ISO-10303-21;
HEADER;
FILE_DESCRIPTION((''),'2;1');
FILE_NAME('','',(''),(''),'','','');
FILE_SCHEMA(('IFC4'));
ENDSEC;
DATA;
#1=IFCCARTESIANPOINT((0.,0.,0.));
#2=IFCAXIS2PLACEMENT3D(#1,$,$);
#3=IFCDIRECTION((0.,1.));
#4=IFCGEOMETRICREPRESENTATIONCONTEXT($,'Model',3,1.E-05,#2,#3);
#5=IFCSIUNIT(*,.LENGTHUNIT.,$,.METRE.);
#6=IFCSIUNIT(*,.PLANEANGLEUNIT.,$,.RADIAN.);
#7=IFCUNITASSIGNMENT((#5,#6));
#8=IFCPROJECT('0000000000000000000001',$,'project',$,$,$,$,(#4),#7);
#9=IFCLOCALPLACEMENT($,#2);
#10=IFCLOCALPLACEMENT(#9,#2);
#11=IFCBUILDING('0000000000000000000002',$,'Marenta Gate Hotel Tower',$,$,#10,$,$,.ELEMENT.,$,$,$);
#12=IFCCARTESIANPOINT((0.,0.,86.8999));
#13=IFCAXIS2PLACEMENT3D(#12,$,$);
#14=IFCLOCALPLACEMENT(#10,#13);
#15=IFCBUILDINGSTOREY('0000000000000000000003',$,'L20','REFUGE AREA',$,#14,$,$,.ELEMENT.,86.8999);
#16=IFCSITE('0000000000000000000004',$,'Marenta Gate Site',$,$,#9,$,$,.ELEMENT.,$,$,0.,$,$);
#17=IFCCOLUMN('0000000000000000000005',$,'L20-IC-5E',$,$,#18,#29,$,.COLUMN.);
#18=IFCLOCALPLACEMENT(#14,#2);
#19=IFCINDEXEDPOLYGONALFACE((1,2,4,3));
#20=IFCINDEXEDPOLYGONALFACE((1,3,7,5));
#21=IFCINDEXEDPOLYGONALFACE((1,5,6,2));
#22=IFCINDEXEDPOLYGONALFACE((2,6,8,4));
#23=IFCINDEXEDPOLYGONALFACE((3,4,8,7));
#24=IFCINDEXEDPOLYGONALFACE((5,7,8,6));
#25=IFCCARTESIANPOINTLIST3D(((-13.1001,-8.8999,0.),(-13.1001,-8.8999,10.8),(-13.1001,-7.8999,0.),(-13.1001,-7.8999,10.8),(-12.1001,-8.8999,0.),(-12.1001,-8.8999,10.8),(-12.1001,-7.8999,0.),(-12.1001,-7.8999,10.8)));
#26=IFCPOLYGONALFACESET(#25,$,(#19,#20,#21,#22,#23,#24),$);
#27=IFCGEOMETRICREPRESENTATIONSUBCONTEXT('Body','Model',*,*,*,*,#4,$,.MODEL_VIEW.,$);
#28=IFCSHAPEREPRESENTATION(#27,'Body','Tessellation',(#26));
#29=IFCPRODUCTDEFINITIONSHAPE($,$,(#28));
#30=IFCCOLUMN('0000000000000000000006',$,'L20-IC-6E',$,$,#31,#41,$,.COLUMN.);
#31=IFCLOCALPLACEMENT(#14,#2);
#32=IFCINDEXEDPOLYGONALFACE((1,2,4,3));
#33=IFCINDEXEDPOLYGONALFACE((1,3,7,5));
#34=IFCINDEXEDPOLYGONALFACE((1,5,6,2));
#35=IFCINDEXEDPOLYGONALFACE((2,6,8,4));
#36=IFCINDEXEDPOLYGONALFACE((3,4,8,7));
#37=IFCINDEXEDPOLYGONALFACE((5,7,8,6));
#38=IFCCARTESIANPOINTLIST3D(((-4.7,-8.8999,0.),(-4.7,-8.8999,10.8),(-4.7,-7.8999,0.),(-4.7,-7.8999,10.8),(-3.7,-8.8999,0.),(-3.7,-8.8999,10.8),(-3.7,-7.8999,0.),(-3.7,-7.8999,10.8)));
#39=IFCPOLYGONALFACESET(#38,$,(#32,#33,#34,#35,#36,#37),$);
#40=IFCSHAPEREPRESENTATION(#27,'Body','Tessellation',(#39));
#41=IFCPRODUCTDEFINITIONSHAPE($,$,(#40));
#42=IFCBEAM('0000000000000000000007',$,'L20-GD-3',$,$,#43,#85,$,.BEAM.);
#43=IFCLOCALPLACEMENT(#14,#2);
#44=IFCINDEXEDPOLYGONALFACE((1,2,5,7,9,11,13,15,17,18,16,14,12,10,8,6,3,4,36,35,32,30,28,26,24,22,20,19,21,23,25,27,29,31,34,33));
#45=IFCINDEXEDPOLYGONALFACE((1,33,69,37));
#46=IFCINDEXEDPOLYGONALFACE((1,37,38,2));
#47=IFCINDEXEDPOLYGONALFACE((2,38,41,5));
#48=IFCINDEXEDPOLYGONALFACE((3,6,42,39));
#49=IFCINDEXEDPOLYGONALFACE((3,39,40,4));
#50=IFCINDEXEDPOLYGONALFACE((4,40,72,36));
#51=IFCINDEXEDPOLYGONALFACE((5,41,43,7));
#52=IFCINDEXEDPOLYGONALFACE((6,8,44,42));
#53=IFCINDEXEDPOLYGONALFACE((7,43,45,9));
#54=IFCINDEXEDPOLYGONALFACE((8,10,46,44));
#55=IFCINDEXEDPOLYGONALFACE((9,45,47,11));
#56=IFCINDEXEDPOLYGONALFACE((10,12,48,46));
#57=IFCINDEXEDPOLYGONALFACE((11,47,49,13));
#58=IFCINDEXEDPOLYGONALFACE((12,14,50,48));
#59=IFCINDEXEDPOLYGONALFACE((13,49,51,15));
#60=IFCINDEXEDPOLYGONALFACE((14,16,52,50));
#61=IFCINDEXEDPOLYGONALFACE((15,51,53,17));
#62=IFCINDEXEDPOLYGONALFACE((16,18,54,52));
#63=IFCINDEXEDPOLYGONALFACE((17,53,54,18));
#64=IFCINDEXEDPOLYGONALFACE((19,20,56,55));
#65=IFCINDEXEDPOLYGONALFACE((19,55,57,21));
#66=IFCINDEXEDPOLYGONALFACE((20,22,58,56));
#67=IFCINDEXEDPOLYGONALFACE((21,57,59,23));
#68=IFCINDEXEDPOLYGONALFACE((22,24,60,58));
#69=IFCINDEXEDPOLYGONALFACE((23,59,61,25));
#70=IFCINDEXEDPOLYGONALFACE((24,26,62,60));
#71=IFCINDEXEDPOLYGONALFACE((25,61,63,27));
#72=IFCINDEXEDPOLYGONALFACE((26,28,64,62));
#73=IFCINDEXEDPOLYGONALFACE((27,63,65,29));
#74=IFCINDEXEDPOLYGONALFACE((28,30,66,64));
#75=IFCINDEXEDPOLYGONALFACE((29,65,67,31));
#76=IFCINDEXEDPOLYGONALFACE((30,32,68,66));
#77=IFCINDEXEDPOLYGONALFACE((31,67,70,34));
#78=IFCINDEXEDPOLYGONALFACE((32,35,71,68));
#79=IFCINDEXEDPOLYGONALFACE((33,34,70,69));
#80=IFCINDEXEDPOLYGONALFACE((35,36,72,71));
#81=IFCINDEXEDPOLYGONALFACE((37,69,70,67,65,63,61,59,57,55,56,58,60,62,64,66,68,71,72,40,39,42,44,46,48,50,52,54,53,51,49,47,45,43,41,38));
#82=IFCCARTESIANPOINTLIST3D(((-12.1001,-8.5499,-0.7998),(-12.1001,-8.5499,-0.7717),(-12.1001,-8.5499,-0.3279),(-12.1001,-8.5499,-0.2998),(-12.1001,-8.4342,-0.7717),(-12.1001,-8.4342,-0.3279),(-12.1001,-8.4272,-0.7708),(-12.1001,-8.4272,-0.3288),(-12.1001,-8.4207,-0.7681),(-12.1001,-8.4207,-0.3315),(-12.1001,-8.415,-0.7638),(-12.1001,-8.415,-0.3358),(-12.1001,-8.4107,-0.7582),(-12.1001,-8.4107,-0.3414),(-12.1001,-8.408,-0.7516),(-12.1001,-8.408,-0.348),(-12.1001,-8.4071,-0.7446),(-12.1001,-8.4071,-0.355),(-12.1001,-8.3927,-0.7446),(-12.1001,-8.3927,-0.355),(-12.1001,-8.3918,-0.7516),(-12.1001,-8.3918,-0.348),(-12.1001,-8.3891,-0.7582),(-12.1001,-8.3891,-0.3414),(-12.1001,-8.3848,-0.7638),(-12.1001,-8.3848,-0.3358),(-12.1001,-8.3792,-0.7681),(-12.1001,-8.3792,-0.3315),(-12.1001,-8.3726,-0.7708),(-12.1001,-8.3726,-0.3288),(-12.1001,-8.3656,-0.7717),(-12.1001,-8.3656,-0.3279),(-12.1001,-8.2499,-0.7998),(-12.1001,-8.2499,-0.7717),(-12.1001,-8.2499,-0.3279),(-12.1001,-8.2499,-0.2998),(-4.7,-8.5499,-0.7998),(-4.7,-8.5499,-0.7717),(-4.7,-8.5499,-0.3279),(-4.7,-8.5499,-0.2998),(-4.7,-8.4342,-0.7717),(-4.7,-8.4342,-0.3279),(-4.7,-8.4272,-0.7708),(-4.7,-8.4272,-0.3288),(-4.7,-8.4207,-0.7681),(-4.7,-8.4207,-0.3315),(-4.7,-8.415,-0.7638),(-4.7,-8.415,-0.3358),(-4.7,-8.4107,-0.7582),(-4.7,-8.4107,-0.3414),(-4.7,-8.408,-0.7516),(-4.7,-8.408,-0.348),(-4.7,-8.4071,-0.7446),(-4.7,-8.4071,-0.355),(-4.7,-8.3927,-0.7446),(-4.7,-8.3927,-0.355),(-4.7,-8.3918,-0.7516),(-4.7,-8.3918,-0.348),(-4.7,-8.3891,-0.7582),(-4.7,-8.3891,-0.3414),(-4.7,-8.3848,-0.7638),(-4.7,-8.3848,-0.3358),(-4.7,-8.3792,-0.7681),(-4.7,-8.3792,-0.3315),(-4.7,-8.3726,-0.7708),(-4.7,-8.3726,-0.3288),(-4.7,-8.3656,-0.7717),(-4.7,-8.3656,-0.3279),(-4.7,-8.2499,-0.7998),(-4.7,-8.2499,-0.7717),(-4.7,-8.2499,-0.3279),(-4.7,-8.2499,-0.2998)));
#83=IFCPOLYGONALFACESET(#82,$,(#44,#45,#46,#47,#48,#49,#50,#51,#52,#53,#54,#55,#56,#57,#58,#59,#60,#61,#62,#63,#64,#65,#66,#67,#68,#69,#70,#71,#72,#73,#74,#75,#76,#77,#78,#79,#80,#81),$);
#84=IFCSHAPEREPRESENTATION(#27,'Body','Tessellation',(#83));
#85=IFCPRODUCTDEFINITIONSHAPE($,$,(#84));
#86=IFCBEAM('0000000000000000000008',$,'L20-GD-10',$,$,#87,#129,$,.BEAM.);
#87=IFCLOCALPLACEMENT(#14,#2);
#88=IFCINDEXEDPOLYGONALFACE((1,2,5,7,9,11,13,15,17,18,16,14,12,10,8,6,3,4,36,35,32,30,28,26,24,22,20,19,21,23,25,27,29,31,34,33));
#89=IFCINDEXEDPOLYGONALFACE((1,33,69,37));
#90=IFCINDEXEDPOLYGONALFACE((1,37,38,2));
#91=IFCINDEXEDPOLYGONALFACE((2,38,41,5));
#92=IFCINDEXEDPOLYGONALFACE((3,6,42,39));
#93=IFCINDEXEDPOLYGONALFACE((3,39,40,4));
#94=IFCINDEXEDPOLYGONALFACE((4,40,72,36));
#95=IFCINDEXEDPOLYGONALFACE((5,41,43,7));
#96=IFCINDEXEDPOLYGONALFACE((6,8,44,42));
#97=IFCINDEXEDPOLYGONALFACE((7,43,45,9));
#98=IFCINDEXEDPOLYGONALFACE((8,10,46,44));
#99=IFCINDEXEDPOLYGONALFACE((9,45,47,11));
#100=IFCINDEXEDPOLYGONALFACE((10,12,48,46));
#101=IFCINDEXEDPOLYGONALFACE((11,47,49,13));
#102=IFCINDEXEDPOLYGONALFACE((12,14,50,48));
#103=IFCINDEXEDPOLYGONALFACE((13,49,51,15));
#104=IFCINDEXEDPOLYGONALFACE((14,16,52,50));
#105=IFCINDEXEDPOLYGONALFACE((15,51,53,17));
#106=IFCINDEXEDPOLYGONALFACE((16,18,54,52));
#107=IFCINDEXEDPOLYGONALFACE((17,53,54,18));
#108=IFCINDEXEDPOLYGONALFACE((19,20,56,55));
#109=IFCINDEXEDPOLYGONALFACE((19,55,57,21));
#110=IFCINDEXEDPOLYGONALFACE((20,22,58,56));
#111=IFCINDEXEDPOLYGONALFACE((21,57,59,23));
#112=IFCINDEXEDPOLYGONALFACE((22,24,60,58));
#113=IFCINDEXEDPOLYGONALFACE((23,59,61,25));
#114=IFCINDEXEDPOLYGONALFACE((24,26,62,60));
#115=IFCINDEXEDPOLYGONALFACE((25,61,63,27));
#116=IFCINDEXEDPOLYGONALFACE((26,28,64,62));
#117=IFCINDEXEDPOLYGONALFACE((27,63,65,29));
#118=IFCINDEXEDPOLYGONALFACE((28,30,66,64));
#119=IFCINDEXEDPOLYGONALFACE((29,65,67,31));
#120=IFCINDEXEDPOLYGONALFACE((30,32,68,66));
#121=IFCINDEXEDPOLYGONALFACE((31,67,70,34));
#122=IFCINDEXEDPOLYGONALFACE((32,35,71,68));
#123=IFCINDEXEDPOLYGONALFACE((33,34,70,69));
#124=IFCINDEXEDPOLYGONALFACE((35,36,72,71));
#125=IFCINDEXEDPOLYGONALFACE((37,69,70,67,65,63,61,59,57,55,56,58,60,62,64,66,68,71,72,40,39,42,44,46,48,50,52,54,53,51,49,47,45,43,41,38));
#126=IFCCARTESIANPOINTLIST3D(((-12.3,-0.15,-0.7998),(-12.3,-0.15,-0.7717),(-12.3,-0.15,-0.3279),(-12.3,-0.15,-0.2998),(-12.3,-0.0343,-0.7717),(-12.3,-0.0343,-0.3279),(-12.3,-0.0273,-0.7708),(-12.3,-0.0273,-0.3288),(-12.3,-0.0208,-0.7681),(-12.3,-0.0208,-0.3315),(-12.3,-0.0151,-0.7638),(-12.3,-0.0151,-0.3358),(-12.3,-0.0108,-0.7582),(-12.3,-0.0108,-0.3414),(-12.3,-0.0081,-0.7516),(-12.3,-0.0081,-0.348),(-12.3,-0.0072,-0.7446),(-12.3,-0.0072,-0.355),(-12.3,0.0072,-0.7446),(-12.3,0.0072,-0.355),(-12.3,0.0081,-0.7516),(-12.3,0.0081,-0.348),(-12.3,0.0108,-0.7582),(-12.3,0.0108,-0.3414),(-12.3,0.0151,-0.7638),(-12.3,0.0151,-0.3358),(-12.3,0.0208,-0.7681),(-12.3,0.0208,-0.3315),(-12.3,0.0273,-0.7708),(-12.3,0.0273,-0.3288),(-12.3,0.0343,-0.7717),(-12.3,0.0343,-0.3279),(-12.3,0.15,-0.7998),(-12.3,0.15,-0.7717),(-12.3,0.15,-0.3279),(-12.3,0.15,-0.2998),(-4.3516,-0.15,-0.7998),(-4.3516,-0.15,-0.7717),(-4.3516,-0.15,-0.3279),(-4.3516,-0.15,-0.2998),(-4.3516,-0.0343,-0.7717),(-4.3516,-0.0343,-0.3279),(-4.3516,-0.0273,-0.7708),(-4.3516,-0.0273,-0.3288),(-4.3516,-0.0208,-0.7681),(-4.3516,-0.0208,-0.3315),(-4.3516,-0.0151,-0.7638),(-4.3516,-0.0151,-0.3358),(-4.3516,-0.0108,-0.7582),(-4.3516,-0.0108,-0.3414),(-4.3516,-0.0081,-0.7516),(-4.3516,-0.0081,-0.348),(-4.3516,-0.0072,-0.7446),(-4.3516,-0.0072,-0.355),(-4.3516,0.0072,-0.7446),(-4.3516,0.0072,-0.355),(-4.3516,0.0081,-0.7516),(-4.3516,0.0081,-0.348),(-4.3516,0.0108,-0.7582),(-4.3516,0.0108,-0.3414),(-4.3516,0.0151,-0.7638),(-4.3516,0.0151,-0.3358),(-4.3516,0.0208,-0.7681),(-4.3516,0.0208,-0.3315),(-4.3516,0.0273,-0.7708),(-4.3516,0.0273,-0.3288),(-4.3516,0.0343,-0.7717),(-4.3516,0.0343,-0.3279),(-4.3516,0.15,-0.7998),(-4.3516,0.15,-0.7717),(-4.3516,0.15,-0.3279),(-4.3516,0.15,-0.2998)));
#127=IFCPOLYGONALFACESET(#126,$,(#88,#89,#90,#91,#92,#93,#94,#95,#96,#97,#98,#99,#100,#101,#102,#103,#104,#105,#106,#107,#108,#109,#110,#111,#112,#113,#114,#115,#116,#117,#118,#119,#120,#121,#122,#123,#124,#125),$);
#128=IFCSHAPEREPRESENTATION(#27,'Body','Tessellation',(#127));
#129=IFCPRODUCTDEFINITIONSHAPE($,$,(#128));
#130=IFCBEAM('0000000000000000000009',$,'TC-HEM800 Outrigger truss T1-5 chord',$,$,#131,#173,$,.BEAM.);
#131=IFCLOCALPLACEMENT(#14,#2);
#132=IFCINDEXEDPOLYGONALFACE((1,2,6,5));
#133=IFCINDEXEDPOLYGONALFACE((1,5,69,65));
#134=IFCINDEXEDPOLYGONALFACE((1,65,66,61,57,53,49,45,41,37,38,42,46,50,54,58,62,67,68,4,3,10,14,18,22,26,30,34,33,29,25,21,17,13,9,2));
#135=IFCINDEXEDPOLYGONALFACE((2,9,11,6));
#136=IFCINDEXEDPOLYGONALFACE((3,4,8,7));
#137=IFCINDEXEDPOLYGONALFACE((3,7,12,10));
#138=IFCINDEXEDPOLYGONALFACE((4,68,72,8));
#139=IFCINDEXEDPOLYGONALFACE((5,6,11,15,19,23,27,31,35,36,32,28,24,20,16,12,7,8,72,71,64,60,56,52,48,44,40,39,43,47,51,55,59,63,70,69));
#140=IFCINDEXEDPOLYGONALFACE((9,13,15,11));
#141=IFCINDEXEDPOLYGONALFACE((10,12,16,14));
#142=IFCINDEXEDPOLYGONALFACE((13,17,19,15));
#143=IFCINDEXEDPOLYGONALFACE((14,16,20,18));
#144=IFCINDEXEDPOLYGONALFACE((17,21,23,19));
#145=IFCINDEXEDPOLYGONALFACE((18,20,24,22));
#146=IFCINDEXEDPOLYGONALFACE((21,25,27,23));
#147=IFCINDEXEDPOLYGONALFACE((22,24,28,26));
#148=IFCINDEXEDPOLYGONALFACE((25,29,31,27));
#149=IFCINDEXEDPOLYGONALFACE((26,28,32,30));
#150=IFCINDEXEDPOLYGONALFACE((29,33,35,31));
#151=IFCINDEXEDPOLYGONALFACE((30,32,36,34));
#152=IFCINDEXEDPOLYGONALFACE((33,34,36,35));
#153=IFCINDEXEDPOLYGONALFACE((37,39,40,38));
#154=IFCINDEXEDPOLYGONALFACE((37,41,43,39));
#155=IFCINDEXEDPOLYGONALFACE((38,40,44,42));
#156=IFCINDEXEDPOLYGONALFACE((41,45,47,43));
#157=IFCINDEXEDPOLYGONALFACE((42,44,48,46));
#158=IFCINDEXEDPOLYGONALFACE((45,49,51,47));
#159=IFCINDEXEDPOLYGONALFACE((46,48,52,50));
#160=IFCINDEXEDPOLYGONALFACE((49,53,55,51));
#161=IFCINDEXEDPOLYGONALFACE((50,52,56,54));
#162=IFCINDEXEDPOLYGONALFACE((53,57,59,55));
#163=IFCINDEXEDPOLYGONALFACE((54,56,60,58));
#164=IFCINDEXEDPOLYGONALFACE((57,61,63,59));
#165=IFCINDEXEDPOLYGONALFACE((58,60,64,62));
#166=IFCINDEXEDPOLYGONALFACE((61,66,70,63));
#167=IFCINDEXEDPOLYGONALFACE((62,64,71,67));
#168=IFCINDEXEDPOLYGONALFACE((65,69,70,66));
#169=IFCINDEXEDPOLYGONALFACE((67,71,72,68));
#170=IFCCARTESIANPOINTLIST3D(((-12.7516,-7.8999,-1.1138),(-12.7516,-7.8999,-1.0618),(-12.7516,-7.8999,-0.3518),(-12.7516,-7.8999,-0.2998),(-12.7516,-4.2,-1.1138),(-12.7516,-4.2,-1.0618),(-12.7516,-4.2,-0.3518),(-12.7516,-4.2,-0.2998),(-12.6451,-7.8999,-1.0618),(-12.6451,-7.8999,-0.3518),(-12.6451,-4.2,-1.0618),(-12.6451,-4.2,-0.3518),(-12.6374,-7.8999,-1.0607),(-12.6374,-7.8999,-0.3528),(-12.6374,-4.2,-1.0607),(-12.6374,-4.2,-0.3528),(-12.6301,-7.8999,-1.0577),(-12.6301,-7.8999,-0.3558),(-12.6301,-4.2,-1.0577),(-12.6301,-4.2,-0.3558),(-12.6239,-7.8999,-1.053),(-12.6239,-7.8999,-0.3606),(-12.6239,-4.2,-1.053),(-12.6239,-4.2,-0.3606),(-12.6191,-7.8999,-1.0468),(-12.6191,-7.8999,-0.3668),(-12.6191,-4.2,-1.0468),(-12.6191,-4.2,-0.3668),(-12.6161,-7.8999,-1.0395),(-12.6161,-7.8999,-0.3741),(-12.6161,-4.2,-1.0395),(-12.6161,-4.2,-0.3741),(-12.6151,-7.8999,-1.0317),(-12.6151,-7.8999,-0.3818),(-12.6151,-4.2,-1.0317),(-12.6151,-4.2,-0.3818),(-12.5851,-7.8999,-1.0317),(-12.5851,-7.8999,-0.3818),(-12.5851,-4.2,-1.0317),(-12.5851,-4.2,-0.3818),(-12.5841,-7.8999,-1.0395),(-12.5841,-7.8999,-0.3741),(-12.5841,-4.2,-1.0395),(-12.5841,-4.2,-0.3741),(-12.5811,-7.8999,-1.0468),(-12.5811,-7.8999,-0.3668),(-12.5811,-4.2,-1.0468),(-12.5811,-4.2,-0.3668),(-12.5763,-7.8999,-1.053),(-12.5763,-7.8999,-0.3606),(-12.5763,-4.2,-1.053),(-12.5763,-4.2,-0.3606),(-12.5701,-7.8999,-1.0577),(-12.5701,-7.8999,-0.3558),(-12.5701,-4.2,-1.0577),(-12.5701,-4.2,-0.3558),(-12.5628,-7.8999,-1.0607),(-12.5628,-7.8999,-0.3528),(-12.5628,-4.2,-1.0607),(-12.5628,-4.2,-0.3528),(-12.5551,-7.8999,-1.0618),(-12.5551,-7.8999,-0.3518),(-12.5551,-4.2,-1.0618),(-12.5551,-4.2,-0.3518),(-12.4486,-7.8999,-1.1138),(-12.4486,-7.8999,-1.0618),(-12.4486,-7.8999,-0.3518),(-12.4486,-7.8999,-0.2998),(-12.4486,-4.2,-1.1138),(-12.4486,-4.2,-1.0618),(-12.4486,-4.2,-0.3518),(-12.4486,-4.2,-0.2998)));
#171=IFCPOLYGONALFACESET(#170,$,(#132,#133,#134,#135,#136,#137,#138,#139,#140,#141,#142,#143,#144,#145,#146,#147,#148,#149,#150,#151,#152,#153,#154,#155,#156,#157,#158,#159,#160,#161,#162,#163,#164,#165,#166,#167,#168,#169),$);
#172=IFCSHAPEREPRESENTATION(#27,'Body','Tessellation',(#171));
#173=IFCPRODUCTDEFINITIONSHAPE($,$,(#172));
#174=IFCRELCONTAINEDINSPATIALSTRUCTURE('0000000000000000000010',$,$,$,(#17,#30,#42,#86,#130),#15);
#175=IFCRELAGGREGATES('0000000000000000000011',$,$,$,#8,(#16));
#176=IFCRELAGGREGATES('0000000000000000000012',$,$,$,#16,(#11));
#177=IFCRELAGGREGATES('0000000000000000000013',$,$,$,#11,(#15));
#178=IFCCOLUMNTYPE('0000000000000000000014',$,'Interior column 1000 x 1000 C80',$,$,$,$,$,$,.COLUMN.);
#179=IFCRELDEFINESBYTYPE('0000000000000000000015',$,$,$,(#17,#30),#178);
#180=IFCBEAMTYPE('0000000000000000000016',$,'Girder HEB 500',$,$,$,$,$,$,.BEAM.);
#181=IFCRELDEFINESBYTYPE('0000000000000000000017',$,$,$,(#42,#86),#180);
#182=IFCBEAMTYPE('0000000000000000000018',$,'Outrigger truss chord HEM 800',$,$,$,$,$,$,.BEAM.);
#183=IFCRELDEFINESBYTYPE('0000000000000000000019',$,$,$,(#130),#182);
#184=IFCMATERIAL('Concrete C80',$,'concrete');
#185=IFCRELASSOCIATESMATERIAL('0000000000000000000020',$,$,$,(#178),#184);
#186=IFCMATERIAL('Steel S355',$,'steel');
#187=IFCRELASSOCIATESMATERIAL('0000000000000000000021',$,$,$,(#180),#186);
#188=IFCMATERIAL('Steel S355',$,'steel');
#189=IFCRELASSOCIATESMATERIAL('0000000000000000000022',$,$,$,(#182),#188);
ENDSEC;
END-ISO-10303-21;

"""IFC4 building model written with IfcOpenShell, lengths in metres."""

from ifc_helpers import new_model, si_unit, direction, frame, origin, origin_2d, place, context, subcontext, project, spatial, rectangle, i_section, extrude, material, material_profile, profile_set, type_object, element, save


model = new_model("IFC4")

# Units and contexts
model_context = context("Model", 3, precision=1e-05, world=origin(), true_north=direction((0.0, 1.0)))
body_context = subcontext(model_context, "Body", "Model", "MODEL_VIEW")
ifc_project = project(units=[si_unit("LENGTHUNIT", "METRE"), si_unit("PLANEANGLEUNIT", "RADIAN")], contexts=[model_context])

# Site, building, storey
site_placement = place(None, origin())
site = spatial("IfcSite", under=ifc_project, at=site_placement, Name="Marenta Gate Site", CompositionType="ELEMENT", RefElevation=0.0)
building_placement = place(site_placement, origin())
building = spatial("IfcBuilding", under=site, at=building_placement, Name="Marenta Gate Hotel Tower", CompositionType="ELEMENT")
storey_placement = place(building_placement, frame((0.0, 0.0, 86.8999)))
storey = spatial("IfcBuildingStorey", under=building, at=storey_placement, Name="L20", Description="REFUGE AREA", CompositionType="ELEMENT", Elevation=86.8999)

# Columns
ifc_material_1 = material(Name="Concrete C80", Category="concrete")
ifc_material_profile_1 = material_profile(ifc_material_1, rectangle(XDim=1.0, YDim=1.0, at=origin_2d()), Name="1000 x 1000")
ifc_profile_set_1 = profile_set([ifc_material_profile_1], Name="Concrete C80")
column_type = type_object("IfcColumnType", Name="Interior column 1000 x 1000 C80", PredefinedType="COLUMN", material=ifc_profile_set_1)
for number, where, z_axis, x_axis, name in (
    (1, (-12.6001, -8.3999, 0.0), (0.0, 0.0, 1.0), (1.0, 0.0, 0.0), "L20-IC-5E"),
    (2, (-4.2, -8.3999, 0.0), (0.0, 0.0, 1.0), (1.0, 0.0, 0.0), "L20-IC-6E"),
):
    element("IfcColumn", number, at=place(storey_placement, frame(where, z_axis=z_axis, x_axis=x_axis)), inside=storey, type_object=column_type, Name=name, PredefinedType="COLUMN", context=body_context, shape_type="SweptSolid", body=[
        extrude(rectangle(XDim=1.0, YDim=1.0, at=origin_2d()), origin(), (0.0, 0.0, 1.0), 10.8),
    ])

# Beams
ifc_material_2 = material(Name="Steel S355", Category="steel")
ifc_material_profile_2 = material_profile(ifc_material_2, i_section(OverallWidth=0.3, OverallDepth=0.5, WebThickness=0.0144, FlangeThickness=0.0281, FilletRadius=0.0271, at=origin_2d()), Name="HEB 500")
ifc_profile_set_2 = profile_set([ifc_material_profile_2], Name="Steel S355")
beam_type_1 = type_object("IfcBeamType", Name="Girder HEB 500", PredefinedType="BEAM", material=ifc_profile_set_2)
beam_1_placement = place(storey_placement, frame((-12.1001, -8.3999, -0.5498), z_axis=(1.0, 0.0, 0.0), x_axis=(0.0, 1.0, 0.0)))
element("IfcBeam", 3, at=beam_1_placement, inside=storey, type_object=beam_type_1, Name="L20-GD-3", PredefinedType="BEAM", context=body_context, shape_type="SweptSolid", body=[
    extrude(i_section(OverallWidth=0.3, OverallDepth=0.5, WebThickness=0.0144, FlangeThickness=0.0281, FilletRadius=0.0271, at=origin_2d()), origin(), (0.0, 0.0, 1.0), 7.4001),
])
beam_2_placement = place(storey_placement, frame((-12.3, 0.0, -0.5498), z_axis=(1.0, 0.0, 0.0), x_axis=(0.0, 1.0, 0.0)))
element("IfcBeam", 4, at=beam_2_placement, inside=storey, type_object=beam_type_1, Name="L20-GD-10", PredefinedType="BEAM", context=body_context, shape_type="SweptSolid", body=[
    extrude(i_section(OverallWidth=0.3, OverallDepth=0.5, WebThickness=0.0144, FlangeThickness=0.0281, FilletRadius=0.0271, at=origin_2d()), origin(), (0.0, 0.0, 1.0), 7.9485),
])
ifc_material_3 = material(Name="Steel S355", Category="steel")
ifc_material_profile_3 = material_profile(ifc_material_3, i_section(OverallWidth=0.303, OverallDepth=0.814, WebThickness=0.03, FlangeThickness=0.052, FilletRadius=0.03, at=origin_2d()), Name="HEM 800")
ifc_profile_set_3 = profile_set([ifc_material_profile_3], Name="Steel S355")
beam_type_2 = type_object("IfcBeamType", Name="Outrigger truss chord HEM 800", PredefinedType="BEAM", material=ifc_profile_set_3)
for number, where, z_axis, x_axis, name in (
    (5, (-12.6001, -4.2, -0.7068), (0.0, -1.0, 0.0), (1.0, 0.0, 0.0), "TC-HEM800 Outrigger truss T1-5 chord"),
):
    element("IfcBeam", number, at=place(storey_placement, frame(where, z_axis=z_axis, x_axis=x_axis)), inside=storey, type_object=beam_type_2, Name=name, PredefinedType="BEAM", context=body_context, shape_type="SweptSolid", body=[
        extrude(i_section(OverallWidth=0.303, OverallDepth=0.814, WebThickness=0.03, FlangeThickness=0.052, FilletRadius=0.03, at=origin_2d()), origin(), (0.0, 0.0, 1.0), 3.7),
    ])

save(model, "model.ifc")
